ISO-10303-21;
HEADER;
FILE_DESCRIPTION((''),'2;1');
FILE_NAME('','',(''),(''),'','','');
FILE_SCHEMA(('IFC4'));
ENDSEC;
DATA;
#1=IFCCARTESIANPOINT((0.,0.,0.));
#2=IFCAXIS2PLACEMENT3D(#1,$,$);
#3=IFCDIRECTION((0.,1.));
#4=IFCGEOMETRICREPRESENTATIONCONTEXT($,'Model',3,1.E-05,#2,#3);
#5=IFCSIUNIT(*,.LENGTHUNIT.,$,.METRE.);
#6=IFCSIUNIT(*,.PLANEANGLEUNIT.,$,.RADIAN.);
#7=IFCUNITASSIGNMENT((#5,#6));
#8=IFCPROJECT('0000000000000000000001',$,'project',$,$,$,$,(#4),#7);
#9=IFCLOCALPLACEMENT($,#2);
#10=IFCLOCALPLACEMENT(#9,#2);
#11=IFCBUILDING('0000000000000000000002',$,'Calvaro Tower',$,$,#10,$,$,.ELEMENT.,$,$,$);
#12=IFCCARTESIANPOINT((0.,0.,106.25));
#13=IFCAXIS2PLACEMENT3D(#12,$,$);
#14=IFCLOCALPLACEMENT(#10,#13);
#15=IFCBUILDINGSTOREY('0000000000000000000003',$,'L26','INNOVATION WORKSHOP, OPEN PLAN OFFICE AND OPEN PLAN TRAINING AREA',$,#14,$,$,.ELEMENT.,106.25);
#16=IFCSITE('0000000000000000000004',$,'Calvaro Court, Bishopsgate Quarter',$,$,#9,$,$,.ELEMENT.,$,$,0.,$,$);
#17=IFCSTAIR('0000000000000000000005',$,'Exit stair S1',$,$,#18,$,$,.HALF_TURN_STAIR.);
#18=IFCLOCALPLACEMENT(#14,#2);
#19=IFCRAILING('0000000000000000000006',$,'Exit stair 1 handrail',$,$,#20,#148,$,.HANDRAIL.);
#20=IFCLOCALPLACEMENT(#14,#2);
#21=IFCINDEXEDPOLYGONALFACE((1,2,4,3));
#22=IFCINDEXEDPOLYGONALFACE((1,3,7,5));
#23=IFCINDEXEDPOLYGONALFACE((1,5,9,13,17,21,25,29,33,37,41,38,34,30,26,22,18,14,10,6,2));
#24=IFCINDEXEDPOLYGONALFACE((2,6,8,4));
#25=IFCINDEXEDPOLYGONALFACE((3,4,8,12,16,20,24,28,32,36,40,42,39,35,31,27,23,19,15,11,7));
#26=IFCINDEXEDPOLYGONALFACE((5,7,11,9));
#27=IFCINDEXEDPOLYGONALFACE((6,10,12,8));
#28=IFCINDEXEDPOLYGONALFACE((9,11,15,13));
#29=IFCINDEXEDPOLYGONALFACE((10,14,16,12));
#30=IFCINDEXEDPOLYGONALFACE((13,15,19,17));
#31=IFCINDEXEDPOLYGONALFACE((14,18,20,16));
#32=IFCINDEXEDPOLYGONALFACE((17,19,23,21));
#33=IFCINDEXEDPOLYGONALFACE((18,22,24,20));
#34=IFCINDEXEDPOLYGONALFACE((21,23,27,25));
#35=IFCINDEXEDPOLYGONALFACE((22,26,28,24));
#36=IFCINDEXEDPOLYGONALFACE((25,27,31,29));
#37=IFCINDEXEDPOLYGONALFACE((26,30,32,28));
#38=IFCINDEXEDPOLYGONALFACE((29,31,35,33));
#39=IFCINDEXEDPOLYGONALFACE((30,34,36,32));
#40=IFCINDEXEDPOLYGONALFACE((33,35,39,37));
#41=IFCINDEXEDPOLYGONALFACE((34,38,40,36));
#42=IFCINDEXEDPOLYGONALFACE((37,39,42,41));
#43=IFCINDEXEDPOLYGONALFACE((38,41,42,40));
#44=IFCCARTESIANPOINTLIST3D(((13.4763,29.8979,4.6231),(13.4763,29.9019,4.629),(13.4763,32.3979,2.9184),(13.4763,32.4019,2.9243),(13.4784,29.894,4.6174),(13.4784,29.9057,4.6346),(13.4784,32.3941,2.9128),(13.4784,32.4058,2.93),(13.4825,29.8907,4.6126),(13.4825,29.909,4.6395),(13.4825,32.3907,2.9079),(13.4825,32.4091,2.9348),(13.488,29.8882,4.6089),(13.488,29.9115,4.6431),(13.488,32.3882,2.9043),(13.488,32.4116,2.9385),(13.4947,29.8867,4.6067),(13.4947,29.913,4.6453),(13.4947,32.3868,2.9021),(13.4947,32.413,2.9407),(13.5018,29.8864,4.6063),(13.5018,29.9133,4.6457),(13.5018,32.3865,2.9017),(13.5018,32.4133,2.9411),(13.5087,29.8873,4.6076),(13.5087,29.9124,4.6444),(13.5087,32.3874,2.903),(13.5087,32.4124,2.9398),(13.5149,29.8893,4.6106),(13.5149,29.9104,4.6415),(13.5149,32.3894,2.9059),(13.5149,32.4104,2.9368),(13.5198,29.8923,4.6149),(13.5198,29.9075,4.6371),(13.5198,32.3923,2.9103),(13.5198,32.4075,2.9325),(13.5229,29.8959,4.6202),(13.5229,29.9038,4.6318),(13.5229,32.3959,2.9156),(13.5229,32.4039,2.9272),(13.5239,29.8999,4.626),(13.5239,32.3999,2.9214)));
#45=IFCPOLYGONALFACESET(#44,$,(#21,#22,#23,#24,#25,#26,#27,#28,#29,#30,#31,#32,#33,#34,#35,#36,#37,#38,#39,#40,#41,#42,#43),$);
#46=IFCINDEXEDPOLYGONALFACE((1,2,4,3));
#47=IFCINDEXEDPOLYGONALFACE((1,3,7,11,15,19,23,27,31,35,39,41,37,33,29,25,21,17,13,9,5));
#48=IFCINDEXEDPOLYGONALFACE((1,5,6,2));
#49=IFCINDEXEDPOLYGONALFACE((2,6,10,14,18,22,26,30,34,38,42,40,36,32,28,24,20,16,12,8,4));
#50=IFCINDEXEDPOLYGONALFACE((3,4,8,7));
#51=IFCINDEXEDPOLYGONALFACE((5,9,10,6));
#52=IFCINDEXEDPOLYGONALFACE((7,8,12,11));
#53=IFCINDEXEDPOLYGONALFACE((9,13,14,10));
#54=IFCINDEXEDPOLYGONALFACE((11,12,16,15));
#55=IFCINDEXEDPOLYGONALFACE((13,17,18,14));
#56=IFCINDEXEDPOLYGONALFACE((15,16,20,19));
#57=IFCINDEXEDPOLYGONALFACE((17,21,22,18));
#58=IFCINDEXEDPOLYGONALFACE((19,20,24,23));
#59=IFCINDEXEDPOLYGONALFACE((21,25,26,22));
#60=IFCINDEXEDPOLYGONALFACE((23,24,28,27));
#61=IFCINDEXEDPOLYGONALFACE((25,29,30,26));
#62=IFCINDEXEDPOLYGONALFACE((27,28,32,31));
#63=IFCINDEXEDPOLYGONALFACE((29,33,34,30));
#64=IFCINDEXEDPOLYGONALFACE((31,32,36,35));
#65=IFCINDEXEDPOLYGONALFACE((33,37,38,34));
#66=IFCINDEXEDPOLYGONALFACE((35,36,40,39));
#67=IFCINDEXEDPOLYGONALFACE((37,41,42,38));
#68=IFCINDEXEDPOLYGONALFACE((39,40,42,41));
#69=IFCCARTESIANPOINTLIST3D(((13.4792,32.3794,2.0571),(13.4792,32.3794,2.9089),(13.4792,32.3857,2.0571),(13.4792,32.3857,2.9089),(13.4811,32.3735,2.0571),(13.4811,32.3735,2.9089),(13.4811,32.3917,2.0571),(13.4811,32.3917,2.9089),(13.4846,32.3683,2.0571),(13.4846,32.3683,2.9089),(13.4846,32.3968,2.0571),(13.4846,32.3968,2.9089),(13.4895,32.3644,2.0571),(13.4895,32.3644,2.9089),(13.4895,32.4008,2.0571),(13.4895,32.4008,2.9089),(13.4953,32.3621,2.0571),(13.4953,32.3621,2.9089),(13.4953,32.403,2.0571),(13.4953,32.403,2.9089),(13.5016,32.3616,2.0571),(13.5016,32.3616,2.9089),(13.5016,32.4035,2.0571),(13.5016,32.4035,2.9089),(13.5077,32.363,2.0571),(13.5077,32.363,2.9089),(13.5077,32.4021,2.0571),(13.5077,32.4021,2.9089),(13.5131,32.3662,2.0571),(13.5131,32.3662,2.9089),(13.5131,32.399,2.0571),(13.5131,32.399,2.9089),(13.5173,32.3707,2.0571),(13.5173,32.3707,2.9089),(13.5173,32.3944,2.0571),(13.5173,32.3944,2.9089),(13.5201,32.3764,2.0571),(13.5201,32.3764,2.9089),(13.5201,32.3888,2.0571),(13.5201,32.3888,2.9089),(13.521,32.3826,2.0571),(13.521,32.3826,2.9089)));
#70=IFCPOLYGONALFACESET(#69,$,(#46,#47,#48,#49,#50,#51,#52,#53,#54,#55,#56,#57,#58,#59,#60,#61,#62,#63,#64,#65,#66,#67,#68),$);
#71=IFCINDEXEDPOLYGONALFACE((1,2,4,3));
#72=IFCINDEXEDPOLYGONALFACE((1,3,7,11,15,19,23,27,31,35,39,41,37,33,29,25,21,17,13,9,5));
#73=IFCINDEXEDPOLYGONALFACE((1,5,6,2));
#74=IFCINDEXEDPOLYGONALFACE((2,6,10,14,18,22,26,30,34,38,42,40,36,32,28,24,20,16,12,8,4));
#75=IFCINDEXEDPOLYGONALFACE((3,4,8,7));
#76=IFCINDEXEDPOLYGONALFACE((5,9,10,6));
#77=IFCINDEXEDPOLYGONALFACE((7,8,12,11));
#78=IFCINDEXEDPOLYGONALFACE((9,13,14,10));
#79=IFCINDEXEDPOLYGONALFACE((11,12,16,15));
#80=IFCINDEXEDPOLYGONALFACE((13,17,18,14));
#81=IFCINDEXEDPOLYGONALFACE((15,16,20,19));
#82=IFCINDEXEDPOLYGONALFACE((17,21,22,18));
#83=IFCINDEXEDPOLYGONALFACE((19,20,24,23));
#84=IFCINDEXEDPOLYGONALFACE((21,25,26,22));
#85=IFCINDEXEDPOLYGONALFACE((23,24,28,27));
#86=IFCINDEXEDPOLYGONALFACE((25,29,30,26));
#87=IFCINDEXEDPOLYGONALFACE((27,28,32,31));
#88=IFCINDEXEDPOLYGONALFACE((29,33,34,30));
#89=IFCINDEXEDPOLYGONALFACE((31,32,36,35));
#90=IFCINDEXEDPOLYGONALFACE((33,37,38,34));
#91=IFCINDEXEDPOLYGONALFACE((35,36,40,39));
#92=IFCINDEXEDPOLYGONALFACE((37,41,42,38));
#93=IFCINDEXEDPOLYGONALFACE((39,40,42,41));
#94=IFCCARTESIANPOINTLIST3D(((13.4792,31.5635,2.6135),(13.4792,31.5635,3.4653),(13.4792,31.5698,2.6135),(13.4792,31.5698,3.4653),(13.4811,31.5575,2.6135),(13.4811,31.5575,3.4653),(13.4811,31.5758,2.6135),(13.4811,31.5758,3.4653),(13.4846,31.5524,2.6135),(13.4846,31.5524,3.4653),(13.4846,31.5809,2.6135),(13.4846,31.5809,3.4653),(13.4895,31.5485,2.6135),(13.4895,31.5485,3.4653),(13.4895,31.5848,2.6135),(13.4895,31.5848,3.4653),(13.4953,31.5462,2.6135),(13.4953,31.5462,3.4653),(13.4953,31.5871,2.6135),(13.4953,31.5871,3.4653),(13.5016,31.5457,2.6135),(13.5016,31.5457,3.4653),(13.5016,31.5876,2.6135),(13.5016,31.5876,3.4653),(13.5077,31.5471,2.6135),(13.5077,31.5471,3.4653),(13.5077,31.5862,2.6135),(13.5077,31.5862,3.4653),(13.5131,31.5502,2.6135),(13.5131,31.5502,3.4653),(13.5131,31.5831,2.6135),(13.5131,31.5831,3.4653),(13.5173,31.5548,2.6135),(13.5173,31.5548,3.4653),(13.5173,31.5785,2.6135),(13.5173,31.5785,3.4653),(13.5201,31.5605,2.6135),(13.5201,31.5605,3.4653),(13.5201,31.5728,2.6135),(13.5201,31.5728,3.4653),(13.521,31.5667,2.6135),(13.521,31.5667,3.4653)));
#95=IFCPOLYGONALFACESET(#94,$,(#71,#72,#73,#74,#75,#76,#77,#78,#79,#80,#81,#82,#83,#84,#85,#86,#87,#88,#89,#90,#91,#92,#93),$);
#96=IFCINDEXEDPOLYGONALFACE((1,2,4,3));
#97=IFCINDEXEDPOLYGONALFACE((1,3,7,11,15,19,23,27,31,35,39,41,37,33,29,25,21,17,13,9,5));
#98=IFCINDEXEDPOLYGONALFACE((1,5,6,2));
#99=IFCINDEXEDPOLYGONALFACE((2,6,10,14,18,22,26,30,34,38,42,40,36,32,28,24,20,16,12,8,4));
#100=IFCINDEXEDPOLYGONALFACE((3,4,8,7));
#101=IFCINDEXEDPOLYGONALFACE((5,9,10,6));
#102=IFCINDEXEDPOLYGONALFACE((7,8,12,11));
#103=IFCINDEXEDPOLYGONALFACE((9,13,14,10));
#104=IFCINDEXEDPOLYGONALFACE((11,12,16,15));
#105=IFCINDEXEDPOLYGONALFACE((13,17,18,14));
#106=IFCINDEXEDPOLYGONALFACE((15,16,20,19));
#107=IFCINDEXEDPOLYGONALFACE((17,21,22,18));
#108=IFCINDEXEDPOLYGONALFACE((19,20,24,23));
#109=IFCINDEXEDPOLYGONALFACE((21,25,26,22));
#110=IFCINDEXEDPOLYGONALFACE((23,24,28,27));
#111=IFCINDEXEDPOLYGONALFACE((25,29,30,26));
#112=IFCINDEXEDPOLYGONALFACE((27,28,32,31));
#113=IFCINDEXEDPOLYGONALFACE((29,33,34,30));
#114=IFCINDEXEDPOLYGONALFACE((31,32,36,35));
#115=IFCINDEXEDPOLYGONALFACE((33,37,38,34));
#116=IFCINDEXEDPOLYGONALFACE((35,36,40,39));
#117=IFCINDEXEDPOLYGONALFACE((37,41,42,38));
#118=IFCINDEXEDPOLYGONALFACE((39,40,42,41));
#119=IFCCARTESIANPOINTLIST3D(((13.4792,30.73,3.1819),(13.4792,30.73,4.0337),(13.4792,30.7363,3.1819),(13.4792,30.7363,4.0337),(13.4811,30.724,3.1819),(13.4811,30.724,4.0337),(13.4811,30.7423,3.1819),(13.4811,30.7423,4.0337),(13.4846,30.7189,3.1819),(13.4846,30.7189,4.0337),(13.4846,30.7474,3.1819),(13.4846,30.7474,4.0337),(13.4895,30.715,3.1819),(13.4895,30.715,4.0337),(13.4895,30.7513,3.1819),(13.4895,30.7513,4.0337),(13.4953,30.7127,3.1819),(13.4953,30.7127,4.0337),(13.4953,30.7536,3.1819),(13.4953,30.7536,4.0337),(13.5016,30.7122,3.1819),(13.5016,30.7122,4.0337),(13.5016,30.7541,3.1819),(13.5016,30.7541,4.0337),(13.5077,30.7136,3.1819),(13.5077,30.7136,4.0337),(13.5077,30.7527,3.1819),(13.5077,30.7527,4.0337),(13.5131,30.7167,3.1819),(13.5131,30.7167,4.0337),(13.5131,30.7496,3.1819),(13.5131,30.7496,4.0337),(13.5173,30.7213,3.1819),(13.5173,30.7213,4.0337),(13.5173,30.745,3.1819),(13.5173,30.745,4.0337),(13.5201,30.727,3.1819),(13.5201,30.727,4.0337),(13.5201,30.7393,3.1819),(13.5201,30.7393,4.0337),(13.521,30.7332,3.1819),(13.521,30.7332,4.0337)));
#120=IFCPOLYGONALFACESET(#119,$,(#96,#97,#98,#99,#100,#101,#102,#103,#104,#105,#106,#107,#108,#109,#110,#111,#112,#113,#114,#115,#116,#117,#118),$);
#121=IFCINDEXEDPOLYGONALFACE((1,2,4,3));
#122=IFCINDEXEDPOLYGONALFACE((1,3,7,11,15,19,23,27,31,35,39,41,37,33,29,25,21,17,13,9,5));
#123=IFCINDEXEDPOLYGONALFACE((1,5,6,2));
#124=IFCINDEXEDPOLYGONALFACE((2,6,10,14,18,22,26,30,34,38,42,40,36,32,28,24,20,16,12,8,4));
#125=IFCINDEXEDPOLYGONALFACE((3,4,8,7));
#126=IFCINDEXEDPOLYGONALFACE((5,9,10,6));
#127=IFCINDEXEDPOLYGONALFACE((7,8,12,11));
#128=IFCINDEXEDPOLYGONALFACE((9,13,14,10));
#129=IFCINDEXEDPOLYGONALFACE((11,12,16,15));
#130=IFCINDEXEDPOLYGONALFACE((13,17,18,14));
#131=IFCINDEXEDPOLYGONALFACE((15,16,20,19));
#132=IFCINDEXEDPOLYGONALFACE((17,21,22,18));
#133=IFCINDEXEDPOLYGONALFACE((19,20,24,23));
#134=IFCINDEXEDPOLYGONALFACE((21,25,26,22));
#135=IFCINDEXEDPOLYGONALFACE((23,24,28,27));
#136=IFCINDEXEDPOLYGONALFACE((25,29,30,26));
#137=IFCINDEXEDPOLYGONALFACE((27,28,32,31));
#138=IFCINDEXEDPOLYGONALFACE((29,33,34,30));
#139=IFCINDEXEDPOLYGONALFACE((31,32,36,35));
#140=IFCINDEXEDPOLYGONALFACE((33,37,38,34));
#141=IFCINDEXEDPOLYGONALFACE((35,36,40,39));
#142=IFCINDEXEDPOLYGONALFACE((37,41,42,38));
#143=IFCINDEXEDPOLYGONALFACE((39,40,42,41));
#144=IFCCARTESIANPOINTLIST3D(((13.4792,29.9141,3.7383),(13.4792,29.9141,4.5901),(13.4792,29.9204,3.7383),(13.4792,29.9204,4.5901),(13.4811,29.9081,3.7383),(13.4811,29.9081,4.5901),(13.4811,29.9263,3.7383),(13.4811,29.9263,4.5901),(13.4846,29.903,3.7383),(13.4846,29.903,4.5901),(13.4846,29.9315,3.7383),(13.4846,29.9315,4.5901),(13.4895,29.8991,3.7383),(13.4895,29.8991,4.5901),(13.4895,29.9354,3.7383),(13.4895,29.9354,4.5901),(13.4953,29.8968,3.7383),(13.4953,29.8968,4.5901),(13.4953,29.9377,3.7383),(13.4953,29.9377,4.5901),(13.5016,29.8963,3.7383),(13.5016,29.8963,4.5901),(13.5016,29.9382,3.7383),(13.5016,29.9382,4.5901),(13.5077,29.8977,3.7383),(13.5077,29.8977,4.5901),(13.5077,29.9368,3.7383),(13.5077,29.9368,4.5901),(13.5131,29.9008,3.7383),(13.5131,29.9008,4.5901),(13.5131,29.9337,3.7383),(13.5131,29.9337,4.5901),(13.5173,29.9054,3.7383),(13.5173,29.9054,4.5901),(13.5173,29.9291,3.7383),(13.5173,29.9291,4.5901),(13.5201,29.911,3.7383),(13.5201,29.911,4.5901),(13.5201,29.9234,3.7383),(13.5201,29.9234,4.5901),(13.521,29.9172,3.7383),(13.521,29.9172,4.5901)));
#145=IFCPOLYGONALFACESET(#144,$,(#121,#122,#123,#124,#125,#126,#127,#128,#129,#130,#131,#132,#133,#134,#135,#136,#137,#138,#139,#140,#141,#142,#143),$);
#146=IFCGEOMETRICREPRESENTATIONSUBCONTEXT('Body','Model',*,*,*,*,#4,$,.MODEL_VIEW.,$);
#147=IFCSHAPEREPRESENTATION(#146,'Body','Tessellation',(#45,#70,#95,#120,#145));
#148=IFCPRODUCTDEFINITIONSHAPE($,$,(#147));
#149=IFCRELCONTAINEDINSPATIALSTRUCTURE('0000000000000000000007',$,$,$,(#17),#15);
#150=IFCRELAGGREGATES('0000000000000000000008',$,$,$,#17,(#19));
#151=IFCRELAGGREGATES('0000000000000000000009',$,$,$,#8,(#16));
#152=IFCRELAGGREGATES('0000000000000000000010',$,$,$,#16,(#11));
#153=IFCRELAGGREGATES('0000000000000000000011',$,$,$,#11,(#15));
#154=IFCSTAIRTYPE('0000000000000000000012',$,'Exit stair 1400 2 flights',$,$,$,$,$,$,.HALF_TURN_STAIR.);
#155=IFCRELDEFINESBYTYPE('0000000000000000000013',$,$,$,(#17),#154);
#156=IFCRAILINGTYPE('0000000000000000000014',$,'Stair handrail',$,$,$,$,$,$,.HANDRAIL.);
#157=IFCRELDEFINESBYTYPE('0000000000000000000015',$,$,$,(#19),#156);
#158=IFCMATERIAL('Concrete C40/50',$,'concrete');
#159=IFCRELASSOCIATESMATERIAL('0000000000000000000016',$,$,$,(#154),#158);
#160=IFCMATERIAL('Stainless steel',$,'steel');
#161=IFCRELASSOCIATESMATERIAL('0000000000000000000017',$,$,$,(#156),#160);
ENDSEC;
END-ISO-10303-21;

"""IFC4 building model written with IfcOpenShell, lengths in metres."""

from ifc_helpers import new_model, si_unit, direction, frame, origin, origin_2d, place, context, subcontext, project, spatial, circle, extrude, material, type_object, element, aggregate, save


model = new_model("IFC4")

# Units and contexts
model_context = context("Model", 3, precision=1e-05, world=origin(), true_north=direction((0.0, 1.0)))
body_context = subcontext(model_context, "Body", "Model", "MODEL_VIEW")
ifc_project = project(units=[si_unit("LENGTHUNIT", "METRE"), si_unit("PLANEANGLEUNIT", "RADIAN")], contexts=[model_context])

# Site, building, storey
site_placement = place(None, origin())
site = spatial("IfcSite", under=ifc_project, at=site_placement, Name="Calvaro Court, Bishopsgate Quarter", CompositionType="ELEMENT", RefElevation=0.0)
building_placement = place(site_placement, origin())
building = spatial("IfcBuilding", under=site, at=building_placement, Name="Calvaro Tower", CompositionType="ELEMENT")
storey_placement = place(building_placement, frame((0.0, 0.0, 106.25)))
storey = spatial("IfcBuildingStorey", under=building, at=storey_placement, Name="L26", Description="INNOVATION WORKSHOP, OPEN PLAN OFFICE AND OPEN PLAN TRAINING AREA", CompositionType="ELEMENT", Elevation=106.25)

# Shared definitions
ifc_material_1 = material(Name="Concrete C40/50", Category="concrete")
stair_type = type_object("IfcStairType", Name="Exit stair 1400 2 flights", PredefinedType="HALF_TURN_STAIR", material=ifc_material_1)

# Stair, railing
stair_1_placement = place(storey_placement, origin())
stair_1 = element("IfcStair", 1, at=stair_1_placement, inside=storey, type_object=stair_type, Name="Exit stair S1", PredefinedType="HALF_TURN_STAIR")
ifc_material_2 = material(Name="Stainless steel", Category="steel")
railing_type = type_object("IfcRailingType", Name="Stair handrail", PredefinedType="HANDRAIL", material=ifc_material_2)
railing_1_placement = place(storey_placement, frame((13.5, 32.3999, 2.0454)))
railing_1 = element("IfcRailing", 2, at=railing_1_placement, type_object=railing_type, Name="Exit stair 1 handrail", PredefinedType="HANDRAIL", context=body_context, shape_type="SweptSolid", body=[
    extrude(circle(Radius=0.0239, at=origin_2d()), frame((0.0, 0.0, 0.876), z_axis=(0.0, -0.826221, 0.563347), x_axis=(1.0, 0.0, 0.0)), (0.0, 0.0, 1.0), 3.0259),
    extrude(circle(Radius=0.021, at=origin_2d()), frame((0.0, -0.0173, 0.0117)), (0.0, 0.0, 1.0), 0.8518),
    extrude(circle(Radius=0.021, at=origin_2d()), frame((0.0, -0.8333, 0.5681)), (0.0, 0.0, 1.0), 0.8518),
    extrude(circle(Radius=0.021, at=origin_2d()), frame((0.0, -1.6667, 1.1365)), (0.0, 0.0, 1.0), 0.8518),
    extrude(circle(Radius=0.021, at=origin_2d()), frame((0.0, -2.4827, 1.6929)), (0.0, 0.0, 1.0), 0.8518),
])
aggregate(stair_1, [railing_1])

save(model, "model.ifc")
